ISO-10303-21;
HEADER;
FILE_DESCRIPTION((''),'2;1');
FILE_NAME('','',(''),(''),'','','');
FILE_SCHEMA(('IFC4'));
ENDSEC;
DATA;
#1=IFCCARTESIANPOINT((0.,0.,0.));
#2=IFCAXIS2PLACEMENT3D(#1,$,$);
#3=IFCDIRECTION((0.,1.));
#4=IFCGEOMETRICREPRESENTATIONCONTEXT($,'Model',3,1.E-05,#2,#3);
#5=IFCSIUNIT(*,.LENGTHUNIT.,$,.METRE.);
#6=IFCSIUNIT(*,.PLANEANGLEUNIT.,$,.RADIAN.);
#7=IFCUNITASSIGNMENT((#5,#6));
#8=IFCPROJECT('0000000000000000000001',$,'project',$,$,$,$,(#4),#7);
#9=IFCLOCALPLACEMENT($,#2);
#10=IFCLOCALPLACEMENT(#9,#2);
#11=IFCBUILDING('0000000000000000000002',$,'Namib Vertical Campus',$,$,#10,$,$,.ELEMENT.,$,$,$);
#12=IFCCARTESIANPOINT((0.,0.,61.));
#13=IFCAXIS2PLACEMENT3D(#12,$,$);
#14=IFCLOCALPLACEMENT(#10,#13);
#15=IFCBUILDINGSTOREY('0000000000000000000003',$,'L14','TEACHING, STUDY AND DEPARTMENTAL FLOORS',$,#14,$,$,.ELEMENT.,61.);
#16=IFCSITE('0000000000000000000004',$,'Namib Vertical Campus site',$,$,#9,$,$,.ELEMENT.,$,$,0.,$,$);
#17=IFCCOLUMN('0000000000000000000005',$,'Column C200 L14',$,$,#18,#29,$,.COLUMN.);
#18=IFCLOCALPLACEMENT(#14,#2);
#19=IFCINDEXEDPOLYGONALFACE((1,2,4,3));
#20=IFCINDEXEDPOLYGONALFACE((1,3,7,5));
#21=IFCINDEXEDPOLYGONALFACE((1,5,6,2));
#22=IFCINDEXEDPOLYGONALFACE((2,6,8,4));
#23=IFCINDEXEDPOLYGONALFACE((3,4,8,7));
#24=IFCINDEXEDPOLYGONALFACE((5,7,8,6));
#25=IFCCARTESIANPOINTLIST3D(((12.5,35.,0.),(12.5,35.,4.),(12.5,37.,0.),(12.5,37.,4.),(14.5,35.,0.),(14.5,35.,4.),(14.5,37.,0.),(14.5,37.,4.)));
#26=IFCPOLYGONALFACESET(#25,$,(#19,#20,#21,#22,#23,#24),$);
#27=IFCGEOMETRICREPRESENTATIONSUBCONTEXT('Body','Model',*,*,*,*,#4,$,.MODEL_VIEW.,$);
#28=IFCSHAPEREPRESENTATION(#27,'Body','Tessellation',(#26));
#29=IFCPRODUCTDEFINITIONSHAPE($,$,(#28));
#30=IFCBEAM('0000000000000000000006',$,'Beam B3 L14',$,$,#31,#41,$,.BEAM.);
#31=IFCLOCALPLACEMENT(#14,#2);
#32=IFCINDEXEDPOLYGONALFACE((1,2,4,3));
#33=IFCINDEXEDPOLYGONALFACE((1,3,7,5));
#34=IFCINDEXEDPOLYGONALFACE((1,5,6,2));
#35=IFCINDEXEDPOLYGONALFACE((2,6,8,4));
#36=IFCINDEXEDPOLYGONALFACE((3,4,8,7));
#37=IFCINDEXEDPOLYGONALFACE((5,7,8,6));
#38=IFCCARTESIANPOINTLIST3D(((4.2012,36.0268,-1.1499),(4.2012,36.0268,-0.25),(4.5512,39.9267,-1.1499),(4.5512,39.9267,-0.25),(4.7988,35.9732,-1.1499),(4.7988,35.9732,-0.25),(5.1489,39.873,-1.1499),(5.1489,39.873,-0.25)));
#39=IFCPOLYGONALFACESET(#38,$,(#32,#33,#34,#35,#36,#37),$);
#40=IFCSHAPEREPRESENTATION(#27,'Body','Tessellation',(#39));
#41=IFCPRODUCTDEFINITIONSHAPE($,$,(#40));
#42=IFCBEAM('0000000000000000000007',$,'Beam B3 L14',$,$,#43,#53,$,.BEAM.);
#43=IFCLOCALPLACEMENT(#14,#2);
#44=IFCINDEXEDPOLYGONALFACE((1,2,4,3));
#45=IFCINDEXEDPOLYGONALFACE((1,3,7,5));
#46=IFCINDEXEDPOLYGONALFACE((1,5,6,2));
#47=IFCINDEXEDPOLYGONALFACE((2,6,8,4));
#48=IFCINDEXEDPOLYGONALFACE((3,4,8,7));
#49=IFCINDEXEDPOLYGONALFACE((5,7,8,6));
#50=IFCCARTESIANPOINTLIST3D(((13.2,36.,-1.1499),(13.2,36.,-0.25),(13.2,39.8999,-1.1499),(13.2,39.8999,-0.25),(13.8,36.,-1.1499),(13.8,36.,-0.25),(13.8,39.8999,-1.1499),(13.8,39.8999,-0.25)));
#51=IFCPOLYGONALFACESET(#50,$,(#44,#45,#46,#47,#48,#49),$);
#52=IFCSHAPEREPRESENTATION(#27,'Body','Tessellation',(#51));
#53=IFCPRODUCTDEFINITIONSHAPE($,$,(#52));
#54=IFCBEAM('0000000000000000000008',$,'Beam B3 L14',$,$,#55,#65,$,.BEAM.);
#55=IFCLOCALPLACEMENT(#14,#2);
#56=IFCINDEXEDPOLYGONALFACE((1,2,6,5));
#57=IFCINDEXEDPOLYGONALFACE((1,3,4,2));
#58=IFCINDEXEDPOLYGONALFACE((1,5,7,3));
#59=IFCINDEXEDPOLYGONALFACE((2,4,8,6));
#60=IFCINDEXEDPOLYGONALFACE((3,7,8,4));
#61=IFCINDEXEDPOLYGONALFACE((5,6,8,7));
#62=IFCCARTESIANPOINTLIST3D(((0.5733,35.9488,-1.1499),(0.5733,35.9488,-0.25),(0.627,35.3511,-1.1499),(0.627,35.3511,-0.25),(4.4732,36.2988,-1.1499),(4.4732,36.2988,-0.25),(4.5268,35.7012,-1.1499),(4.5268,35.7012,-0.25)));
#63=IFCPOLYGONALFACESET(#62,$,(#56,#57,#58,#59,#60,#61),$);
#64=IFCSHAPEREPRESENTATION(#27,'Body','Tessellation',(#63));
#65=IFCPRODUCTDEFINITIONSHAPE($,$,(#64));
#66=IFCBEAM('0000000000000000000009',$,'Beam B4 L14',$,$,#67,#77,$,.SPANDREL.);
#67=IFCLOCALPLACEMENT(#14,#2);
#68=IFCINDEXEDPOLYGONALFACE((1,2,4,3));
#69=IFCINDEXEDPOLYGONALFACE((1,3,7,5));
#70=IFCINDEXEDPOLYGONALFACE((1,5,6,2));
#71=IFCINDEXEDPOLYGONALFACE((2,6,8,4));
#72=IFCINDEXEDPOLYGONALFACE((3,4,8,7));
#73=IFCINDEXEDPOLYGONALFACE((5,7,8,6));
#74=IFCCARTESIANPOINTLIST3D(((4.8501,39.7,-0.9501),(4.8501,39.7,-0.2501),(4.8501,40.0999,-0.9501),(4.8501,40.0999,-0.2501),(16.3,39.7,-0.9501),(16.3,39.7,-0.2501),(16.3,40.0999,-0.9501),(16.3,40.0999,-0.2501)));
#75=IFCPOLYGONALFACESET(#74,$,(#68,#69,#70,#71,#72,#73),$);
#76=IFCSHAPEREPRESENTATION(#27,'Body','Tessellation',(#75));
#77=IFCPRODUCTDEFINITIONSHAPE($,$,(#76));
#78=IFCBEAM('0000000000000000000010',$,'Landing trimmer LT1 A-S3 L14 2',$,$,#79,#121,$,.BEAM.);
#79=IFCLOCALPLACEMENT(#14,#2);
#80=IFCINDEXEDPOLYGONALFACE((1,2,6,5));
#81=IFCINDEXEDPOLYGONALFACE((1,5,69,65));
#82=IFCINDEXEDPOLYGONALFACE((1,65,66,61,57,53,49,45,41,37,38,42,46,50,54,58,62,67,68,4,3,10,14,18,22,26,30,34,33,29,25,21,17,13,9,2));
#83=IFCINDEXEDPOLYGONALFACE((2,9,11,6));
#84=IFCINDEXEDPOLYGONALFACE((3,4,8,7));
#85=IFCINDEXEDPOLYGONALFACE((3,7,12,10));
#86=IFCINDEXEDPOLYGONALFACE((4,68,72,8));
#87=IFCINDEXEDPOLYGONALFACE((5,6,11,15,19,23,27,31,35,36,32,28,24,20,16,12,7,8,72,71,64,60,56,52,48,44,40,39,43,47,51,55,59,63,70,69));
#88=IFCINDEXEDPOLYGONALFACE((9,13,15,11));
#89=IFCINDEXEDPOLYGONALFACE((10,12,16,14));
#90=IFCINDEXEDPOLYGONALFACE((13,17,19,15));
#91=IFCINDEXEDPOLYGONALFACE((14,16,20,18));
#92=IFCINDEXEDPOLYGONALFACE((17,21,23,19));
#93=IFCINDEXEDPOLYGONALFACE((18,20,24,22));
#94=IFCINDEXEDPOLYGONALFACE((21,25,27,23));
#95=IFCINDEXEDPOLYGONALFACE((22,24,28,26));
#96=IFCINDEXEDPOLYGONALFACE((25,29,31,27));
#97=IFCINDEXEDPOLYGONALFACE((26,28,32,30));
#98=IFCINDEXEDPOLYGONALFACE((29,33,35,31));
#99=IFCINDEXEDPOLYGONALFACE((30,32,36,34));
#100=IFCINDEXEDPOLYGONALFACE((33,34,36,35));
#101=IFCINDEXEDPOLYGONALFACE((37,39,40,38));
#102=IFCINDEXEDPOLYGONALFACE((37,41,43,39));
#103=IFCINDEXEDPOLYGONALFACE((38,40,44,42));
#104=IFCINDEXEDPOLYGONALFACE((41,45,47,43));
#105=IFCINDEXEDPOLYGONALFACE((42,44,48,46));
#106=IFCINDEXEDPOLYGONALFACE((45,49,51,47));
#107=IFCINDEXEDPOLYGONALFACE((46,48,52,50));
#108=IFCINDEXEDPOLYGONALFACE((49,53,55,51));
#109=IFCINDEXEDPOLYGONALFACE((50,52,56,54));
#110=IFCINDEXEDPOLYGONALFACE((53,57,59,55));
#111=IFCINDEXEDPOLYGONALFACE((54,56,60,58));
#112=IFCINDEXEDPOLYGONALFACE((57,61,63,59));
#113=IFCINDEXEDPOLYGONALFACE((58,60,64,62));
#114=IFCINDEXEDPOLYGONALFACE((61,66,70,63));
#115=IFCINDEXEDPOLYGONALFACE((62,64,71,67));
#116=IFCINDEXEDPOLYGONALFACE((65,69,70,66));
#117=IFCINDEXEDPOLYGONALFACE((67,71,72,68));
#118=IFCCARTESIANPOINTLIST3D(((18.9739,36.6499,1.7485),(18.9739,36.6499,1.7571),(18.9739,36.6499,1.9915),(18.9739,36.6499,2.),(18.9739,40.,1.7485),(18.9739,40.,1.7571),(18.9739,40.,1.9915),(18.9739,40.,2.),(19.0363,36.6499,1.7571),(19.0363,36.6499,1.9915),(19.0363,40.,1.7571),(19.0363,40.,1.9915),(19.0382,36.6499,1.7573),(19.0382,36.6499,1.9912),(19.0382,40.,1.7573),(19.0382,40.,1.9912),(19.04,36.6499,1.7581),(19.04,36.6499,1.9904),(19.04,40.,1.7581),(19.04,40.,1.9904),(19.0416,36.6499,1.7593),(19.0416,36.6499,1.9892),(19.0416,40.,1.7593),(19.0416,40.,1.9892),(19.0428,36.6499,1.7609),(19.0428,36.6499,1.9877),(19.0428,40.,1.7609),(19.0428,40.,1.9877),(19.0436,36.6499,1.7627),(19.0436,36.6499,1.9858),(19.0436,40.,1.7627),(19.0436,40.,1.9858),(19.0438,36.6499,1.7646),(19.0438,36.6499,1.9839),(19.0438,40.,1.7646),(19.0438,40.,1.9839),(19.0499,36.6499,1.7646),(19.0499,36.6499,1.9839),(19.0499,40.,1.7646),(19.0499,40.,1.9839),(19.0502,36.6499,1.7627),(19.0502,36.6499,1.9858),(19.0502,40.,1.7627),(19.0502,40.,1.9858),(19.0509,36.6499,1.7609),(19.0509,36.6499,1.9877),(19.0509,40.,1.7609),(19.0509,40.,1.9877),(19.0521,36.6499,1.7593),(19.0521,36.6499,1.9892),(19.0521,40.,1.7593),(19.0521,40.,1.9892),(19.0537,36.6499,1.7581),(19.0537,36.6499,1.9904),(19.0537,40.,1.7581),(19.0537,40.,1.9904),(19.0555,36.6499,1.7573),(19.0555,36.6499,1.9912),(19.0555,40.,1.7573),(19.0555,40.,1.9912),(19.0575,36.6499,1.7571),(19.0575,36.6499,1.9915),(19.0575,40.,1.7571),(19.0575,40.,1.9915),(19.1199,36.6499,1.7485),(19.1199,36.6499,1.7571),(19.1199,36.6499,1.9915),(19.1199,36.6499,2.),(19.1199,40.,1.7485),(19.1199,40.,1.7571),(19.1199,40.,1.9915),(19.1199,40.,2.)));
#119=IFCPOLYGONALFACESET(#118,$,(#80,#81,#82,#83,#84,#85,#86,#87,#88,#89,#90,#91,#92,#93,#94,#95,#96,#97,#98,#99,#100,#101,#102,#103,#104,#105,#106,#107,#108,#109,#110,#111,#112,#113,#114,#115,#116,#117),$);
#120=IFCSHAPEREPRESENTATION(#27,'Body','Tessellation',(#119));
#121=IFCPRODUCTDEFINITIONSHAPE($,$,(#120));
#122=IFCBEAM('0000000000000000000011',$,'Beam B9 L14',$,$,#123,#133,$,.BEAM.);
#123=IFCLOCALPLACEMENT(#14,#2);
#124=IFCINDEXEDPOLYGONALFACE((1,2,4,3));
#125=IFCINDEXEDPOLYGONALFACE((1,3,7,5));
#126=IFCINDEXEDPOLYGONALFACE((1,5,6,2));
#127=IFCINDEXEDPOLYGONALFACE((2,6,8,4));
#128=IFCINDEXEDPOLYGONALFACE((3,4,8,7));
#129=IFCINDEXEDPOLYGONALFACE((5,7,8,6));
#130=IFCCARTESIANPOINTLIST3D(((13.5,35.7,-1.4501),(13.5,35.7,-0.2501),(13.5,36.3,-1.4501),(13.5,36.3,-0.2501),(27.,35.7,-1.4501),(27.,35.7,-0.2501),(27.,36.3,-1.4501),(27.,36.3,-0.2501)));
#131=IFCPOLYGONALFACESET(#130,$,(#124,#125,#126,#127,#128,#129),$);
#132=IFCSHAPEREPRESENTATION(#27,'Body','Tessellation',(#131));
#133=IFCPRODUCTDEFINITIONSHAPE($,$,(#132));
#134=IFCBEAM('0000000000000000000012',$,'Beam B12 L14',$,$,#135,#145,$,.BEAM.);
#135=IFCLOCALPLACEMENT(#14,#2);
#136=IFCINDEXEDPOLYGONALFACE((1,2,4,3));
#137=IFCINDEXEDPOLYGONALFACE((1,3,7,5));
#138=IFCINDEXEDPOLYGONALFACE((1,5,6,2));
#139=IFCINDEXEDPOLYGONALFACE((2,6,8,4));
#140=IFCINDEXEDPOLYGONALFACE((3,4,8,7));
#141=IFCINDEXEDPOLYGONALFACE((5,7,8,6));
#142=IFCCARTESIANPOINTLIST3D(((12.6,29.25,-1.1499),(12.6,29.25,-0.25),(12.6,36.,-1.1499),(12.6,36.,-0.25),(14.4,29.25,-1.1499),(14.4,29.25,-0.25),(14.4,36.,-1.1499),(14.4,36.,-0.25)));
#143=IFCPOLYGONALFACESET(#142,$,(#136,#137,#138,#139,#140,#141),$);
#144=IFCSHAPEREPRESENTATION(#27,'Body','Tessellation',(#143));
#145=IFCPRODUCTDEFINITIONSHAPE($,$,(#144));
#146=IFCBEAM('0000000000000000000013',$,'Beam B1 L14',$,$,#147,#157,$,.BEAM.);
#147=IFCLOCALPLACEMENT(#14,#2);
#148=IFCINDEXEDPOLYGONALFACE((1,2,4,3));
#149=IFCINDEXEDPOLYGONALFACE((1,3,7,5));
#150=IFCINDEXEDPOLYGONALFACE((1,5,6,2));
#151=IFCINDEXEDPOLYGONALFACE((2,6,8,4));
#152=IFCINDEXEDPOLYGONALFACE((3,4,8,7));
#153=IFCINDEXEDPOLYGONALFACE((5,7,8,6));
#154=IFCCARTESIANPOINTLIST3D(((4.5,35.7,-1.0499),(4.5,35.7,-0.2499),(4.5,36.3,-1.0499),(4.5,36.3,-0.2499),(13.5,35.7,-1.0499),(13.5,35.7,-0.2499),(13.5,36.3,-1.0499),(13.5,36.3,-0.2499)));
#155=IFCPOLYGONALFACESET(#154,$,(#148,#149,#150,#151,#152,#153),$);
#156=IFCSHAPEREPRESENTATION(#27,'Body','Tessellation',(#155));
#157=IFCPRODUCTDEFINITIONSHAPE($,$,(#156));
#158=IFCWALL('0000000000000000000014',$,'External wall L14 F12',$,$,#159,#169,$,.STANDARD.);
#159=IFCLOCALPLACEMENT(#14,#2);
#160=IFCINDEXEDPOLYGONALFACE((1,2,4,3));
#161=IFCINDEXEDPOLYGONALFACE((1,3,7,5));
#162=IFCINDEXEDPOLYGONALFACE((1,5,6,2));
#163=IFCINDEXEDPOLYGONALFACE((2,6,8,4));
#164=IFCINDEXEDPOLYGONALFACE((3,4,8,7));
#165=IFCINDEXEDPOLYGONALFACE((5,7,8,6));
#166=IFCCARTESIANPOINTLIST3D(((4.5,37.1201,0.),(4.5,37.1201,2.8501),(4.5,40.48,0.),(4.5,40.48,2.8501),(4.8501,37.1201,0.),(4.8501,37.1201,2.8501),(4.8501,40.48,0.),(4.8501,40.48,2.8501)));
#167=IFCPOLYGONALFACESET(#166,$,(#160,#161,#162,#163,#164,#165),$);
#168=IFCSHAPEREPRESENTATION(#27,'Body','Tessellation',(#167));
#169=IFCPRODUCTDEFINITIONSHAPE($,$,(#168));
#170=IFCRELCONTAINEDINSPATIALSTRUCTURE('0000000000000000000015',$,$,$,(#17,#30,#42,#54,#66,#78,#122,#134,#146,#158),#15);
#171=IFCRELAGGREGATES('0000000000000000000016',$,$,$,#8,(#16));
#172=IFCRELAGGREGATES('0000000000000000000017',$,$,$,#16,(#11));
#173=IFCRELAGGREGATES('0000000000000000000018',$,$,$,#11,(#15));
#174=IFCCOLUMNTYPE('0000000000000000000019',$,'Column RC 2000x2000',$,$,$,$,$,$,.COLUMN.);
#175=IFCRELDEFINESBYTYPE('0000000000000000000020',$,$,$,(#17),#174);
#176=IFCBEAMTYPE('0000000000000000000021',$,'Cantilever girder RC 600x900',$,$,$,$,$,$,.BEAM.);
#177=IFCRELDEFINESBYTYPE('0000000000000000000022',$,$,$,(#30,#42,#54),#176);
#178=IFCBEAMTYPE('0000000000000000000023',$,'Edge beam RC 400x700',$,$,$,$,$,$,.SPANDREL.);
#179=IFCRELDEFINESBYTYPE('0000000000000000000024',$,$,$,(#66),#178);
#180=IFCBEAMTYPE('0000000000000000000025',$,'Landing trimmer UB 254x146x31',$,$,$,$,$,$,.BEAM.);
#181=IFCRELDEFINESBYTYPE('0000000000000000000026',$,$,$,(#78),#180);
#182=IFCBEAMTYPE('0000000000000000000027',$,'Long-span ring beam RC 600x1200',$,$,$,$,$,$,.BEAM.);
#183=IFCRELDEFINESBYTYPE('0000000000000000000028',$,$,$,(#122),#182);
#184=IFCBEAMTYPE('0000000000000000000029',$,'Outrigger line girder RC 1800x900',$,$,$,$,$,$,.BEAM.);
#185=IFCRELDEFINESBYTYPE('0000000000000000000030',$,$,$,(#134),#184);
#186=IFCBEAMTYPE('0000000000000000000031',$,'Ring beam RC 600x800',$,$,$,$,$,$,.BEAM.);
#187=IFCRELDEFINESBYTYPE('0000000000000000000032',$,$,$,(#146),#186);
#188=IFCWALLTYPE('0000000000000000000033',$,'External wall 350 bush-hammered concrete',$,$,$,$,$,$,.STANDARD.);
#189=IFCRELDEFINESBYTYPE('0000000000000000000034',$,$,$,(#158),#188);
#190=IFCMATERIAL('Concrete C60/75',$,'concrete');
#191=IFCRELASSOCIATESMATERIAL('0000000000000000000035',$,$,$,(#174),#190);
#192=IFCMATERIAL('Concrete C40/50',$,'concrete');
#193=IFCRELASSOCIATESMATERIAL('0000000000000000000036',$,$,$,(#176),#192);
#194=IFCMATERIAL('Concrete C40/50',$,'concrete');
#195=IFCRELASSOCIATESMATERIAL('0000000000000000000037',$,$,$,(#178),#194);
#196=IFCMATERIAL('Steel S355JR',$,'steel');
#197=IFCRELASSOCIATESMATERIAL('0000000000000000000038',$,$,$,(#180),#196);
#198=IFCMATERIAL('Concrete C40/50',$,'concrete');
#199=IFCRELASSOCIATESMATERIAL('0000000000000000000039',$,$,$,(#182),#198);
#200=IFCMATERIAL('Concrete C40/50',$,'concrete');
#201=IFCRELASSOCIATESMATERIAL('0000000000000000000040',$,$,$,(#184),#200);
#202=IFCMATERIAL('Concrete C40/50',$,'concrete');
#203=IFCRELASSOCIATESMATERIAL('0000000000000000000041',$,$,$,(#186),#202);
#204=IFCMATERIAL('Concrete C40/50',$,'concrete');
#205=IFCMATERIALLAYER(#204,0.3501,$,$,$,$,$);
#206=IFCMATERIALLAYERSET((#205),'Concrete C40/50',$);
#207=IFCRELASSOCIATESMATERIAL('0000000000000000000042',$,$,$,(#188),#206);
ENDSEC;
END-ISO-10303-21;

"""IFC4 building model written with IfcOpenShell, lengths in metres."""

from ifc_helpers import new_model, si_unit, direction, frame, frame_2d, origin, origin_2d, place, context, subcontext, project, spatial, rectangle, i_section, extrude, material, layer, layer_set, material_profile, profile_set, type_object, element, save


model = new_model("IFC4")

# Units and contexts
model_context = context("Model", 3, precision=1e-05, world=origin(), true_north=direction((0.0, 1.0)))
body_context = subcontext(model_context, "Body", "Model", "MODEL_VIEW")
ifc_project = project(units=[si_unit("LENGTHUNIT", "METRE"), si_unit("PLANEANGLEUNIT", "RADIAN")], contexts=[model_context])

# Site, building, storey
site_placement = place(None, origin())
site = spatial("IfcSite", under=ifc_project, at=site_placement, Name="Namib Vertical Campus site", CompositionType="ELEMENT", RefElevation=0.0)
building_placement = place(site_placement, origin())
building = spatial("IfcBuilding", under=site, at=building_placement, Name="Namib Vertical Campus", CompositionType="ELEMENT")
storey_placement = place(building_placement, frame((0.0, 0.0, 61.0)))
storey = spatial("IfcBuildingStorey", under=building, at=storey_placement, Name="L14", Description="TEACHING, STUDY AND DEPARTMENTAL FLOORS", CompositionType="ELEMENT", Elevation=61.0)

# Column
ifc_material_1 = material(Name="Concrete C60/75", Category="concrete")
ifc_material_profile_1 = material_profile(ifc_material_1, rectangle(XDim=2.0, YDim=2.0, at=origin_2d()))
ifc_profile_set_1 = profile_set([ifc_material_profile_1], Name="Concrete C60/75")
column_type = type_object("IfcColumnType", Name="Column RC 2000x2000", PredefinedType="COLUMN", material=ifc_profile_set_1)
column_placement = place(storey_placement, frame((13.5, 36.0, 0.0), z_axis=(0.0, 0.0, 1.0), x_axis=(1.0, 0.0, 0.0)))
element("IfcColumn", 1, at=column_placement, inside=storey, type_object=column_type, Name="Column C200 L14", PredefinedType="COLUMN", context=body_context, shape_type="SweptSolid", body=[
    extrude(rectangle(XDim=2.0, YDim=2.0, at=origin_2d()), origin(), (0.0, 0.0, 1.0), 4.0),
])

# Beams
ifc_material_2 = material(Name="Concrete C40/50", Category="concrete")
ifc_material_profile_2 = material_profile(ifc_material_2, rectangle(XDim=0.6001, YDim=0.8999, at=origin_2d()))
ifc_profile_set_2 = profile_set([ifc_material_profile_2], Name="Concrete C40/50")
beam_type_1 = type_object("IfcBeamType", Name="Cantilever girder RC 600x900", PredefinedType="BEAM", material=ifc_profile_set_2)
beam_1_placement = place(storey_placement, frame((4.5, 36.0, -0.7), z_axis=(0.089411, 0.995995, 0.0), x_axis=(-0.995995, 0.089411, 0.0)))
element("IfcBeam", 2, at=beam_1_placement, inside=storey, type_object=beam_type_1, Name="Beam B3 L14", PredefinedType="BEAM", context=body_context, shape_type="SweptSolid", body=[
    extrude(rectangle(XDim=0.6001, YDim=0.8999, at=origin_2d()), origin(), (0.0, 0.0, 1.0), 3.9155),
])
beam_2_placement = place(storey_placement, frame((13.5, 36.0, -0.7), z_axis=(0.0, 1.0, 0.0), x_axis=(-1.0, 0.0, 0.0)))
element("IfcBeam", 3, at=beam_2_placement, inside=storey, type_object=beam_type_1, Name="Beam B3 L14", PredefinedType="BEAM", context=body_context, shape_type="SweptSolid", body=[
    extrude(rectangle(XDim=0.6001, YDim=0.8999, at=origin_2d()), origin(), (0.0, 0.0, 1.0), 3.8999),
])
beam_3_placement = place(storey_placement, frame((4.5, 36.0, -0.7), z_axis=(-0.995995, -0.089411, 0.0), x_axis=(0.089411, -0.995995, 0.0)))
element("IfcBeam", 4, at=beam_3_placement, inside=storey, type_object=beam_type_1, Name="Beam B3 L14", PredefinedType="BEAM", context=body_context, shape_type="SweptSolid", body=[
    extrude(rectangle(XDim=0.6001, YDim=0.8999, at=origin_2d()), origin(), (0.0, 0.0, 1.0), 3.9155),
])
ifc_material_3 = material(Name="Concrete C40/50", Category="concrete")
ifc_material_profile_3 = material_profile(ifc_material_3, rectangle(XDim=0.3999, YDim=0.7, at=origin_2d()))
ifc_profile_set_3 = profile_set([ifc_material_profile_3], Name="Concrete C40/50")
beam_type_2 = type_object("IfcBeamType", Name="Edge beam RC 400x700", PredefinedType="SPANDREL", material=ifc_profile_set_3)
beam_4_placement = place(storey_placement, frame((4.8501, 39.8999, -0.6001), z_axis=(1.0, 0.0, 0.0), x_axis=(0.0, 1.0, 0.0)))
element("IfcBeam", 5, at=beam_4_placement, inside=storey, type_object=beam_type_2, Name="Beam B4 L14", PredefinedType="SPANDREL", context=body_context, shape_type="SweptSolid", body=[
    extrude(rectangle(XDim=0.3999, YDim=0.7, at=origin_2d()), origin(), (0.0, 0.0, 1.0), 11.45),
])
ifc_material_4 = material(Name="Steel S355JR", Category="steel")
ifc_material_profile_4 = material_profile(ifc_material_4, i_section(OverallWidth=0.146, OverallDepth=0.2515, WebThickness=0.0061, FlangeThickness=0.0085, FilletRadius=0.0076, at=origin_2d()))
ifc_profile_set_4 = profile_set([ifc_material_profile_4], Name="Steel S355JR")
beam_type_3 = type_object("IfcBeamType", Name="Landing trimmer UB 254x146x31", PredefinedType="BEAM", material=ifc_profile_set_4)
beam_5_placement = place(storey_placement, frame((19.0469, 36.6499, 1.8743), z_axis=(0.0, 1.0, 0.0), x_axis=(-1.0, 0.0, 0.0)))
element("IfcBeam", 6, at=beam_5_placement, inside=storey, type_object=beam_type_3, Name="Landing trimmer LT1 A-S3 L14 2", PredefinedType="BEAM", context=body_context, shape_type="SweptSolid", body=[
    extrude(i_section(OverallWidth=0.146, OverallDepth=0.2515, WebThickness=0.0061, FlangeThickness=0.0085, FilletRadius=0.0076, at=origin_2d()), origin(), (0.0, 0.0, 1.0), 3.3501),
])
ifc_material_5 = material(Name="Concrete C40/50", Category="concrete")
ifc_material_profile_5 = material_profile(ifc_material_5, rectangle(XDim=0.6001, YDim=1.2, at=origin_2d()))
ifc_profile_set_5 = profile_set([ifc_material_profile_5], Name="Concrete C40/50")
beam_type_4 = type_object("IfcBeamType", Name="Long-span ring beam RC 600x1200", PredefinedType="BEAM", material=ifc_profile_set_5)
beam_6_placement = place(storey_placement, frame((13.5, 36.0, -0.8501), z_axis=(1.0, 0.0, 0.0), x_axis=(0.0, 1.0, 0.0)))
element("IfcBeam", 7, at=beam_6_placement, inside=storey, type_object=beam_type_4, Name="Beam B9 L14", PredefinedType="BEAM", context=body_context, shape_type="SweptSolid", body=[
    extrude(rectangle(XDim=0.6001, YDim=1.2, at=origin_2d()), origin(), (0.0, 0.0, 1.0), 13.5),
])
ifc_material_6 = material(Name="Concrete C40/50", Category="concrete")
ifc_material_profile_6 = material_profile(ifc_material_6, rectangle(XDim=1.8, YDim=0.8999, at=origin_2d()))
ifc_profile_set_6 = profile_set([ifc_material_profile_6], Name="Concrete C40/50")
beam_type_5 = type_object("IfcBeamType", Name="Outrigger line girder RC 1800x900", PredefinedType="BEAM", material=ifc_profile_set_6)
beam_7_placement = place(storey_placement, frame((13.5, 36.0, -0.7), z_axis=(0.0, -1.0, 0.0), x_axis=(1.0, 0.0, 0.0)))
element("IfcBeam", 8, at=beam_7_placement, inside=storey, type_object=beam_type_5, Name="Beam B12 L14", PredefinedType="BEAM", context=body_context, shape_type="SweptSolid", body=[
    extrude(rectangle(XDim=1.8, YDim=0.8999, at=origin_2d()), origin(), (0.0, 0.0, 1.0), 6.75),
])
ifc_material_7 = material(Name="Concrete C40/50", Category="concrete")
ifc_material_profile_7 = material_profile(ifc_material_7, rectangle(XDim=0.6001, YDim=0.8, at=origin_2d()))
ifc_profile_set_7 = profile_set([ifc_material_profile_7], Name="Concrete C40/50")
beam_type_6 = type_object("IfcBeamType", Name="Ring beam RC 600x800", PredefinedType="BEAM", material=ifc_profile_set_7)
beam_8_placement = place(storey_placement, frame((4.5, 36.0, -0.6499), z_axis=(1.0, 0.0, 0.0), x_axis=(0.0, 1.0, 0.0)))
element("IfcBeam", 9, at=beam_8_placement, inside=storey, type_object=beam_type_6, Name="Beam B1 L14", PredefinedType="BEAM", context=body_context, shape_type="SweptSolid", body=[
    extrude(rectangle(XDim=0.6001, YDim=0.8, at=origin_2d()), origin(), (0.0, 0.0, 1.0), 9.0),
])

# Wall
ifc_material_8 = material(Name="Concrete C40/50", Category="concrete")
ifc_layer_1 = layer(ifc_material_8, 0.3501)
ifc_layer_set_1 = layer_set([ifc_layer_1], Name="Concrete C40/50")
wall_type_1 = type_object("IfcWallType", Name="External wall 350 bush-hammered concrete", PredefinedType="STANDARD", material=ifc_layer_set_1)
wall_1_placement = place(storey_placement, frame((4.675, 40.48, 0.0), z_axis=(0.0, 0.0, 1.0), x_axis=(0.0, -1.0, 0.0)))
element("IfcWall", 10, at=wall_1_placement, inside=storey, type_object=wall_type_1, Name="External wall L14 F12", PredefinedType="STANDARD", context=body_context, shape_type="SweptSolid", body=[
    extrude(rectangle(XDim=3.3599, YDim=0.3501, at=frame_2d((1.6799, 0.0))), origin(), (0.0, 0.0, 1.0), 2.8501),
])

save(model, "model.ifc")
